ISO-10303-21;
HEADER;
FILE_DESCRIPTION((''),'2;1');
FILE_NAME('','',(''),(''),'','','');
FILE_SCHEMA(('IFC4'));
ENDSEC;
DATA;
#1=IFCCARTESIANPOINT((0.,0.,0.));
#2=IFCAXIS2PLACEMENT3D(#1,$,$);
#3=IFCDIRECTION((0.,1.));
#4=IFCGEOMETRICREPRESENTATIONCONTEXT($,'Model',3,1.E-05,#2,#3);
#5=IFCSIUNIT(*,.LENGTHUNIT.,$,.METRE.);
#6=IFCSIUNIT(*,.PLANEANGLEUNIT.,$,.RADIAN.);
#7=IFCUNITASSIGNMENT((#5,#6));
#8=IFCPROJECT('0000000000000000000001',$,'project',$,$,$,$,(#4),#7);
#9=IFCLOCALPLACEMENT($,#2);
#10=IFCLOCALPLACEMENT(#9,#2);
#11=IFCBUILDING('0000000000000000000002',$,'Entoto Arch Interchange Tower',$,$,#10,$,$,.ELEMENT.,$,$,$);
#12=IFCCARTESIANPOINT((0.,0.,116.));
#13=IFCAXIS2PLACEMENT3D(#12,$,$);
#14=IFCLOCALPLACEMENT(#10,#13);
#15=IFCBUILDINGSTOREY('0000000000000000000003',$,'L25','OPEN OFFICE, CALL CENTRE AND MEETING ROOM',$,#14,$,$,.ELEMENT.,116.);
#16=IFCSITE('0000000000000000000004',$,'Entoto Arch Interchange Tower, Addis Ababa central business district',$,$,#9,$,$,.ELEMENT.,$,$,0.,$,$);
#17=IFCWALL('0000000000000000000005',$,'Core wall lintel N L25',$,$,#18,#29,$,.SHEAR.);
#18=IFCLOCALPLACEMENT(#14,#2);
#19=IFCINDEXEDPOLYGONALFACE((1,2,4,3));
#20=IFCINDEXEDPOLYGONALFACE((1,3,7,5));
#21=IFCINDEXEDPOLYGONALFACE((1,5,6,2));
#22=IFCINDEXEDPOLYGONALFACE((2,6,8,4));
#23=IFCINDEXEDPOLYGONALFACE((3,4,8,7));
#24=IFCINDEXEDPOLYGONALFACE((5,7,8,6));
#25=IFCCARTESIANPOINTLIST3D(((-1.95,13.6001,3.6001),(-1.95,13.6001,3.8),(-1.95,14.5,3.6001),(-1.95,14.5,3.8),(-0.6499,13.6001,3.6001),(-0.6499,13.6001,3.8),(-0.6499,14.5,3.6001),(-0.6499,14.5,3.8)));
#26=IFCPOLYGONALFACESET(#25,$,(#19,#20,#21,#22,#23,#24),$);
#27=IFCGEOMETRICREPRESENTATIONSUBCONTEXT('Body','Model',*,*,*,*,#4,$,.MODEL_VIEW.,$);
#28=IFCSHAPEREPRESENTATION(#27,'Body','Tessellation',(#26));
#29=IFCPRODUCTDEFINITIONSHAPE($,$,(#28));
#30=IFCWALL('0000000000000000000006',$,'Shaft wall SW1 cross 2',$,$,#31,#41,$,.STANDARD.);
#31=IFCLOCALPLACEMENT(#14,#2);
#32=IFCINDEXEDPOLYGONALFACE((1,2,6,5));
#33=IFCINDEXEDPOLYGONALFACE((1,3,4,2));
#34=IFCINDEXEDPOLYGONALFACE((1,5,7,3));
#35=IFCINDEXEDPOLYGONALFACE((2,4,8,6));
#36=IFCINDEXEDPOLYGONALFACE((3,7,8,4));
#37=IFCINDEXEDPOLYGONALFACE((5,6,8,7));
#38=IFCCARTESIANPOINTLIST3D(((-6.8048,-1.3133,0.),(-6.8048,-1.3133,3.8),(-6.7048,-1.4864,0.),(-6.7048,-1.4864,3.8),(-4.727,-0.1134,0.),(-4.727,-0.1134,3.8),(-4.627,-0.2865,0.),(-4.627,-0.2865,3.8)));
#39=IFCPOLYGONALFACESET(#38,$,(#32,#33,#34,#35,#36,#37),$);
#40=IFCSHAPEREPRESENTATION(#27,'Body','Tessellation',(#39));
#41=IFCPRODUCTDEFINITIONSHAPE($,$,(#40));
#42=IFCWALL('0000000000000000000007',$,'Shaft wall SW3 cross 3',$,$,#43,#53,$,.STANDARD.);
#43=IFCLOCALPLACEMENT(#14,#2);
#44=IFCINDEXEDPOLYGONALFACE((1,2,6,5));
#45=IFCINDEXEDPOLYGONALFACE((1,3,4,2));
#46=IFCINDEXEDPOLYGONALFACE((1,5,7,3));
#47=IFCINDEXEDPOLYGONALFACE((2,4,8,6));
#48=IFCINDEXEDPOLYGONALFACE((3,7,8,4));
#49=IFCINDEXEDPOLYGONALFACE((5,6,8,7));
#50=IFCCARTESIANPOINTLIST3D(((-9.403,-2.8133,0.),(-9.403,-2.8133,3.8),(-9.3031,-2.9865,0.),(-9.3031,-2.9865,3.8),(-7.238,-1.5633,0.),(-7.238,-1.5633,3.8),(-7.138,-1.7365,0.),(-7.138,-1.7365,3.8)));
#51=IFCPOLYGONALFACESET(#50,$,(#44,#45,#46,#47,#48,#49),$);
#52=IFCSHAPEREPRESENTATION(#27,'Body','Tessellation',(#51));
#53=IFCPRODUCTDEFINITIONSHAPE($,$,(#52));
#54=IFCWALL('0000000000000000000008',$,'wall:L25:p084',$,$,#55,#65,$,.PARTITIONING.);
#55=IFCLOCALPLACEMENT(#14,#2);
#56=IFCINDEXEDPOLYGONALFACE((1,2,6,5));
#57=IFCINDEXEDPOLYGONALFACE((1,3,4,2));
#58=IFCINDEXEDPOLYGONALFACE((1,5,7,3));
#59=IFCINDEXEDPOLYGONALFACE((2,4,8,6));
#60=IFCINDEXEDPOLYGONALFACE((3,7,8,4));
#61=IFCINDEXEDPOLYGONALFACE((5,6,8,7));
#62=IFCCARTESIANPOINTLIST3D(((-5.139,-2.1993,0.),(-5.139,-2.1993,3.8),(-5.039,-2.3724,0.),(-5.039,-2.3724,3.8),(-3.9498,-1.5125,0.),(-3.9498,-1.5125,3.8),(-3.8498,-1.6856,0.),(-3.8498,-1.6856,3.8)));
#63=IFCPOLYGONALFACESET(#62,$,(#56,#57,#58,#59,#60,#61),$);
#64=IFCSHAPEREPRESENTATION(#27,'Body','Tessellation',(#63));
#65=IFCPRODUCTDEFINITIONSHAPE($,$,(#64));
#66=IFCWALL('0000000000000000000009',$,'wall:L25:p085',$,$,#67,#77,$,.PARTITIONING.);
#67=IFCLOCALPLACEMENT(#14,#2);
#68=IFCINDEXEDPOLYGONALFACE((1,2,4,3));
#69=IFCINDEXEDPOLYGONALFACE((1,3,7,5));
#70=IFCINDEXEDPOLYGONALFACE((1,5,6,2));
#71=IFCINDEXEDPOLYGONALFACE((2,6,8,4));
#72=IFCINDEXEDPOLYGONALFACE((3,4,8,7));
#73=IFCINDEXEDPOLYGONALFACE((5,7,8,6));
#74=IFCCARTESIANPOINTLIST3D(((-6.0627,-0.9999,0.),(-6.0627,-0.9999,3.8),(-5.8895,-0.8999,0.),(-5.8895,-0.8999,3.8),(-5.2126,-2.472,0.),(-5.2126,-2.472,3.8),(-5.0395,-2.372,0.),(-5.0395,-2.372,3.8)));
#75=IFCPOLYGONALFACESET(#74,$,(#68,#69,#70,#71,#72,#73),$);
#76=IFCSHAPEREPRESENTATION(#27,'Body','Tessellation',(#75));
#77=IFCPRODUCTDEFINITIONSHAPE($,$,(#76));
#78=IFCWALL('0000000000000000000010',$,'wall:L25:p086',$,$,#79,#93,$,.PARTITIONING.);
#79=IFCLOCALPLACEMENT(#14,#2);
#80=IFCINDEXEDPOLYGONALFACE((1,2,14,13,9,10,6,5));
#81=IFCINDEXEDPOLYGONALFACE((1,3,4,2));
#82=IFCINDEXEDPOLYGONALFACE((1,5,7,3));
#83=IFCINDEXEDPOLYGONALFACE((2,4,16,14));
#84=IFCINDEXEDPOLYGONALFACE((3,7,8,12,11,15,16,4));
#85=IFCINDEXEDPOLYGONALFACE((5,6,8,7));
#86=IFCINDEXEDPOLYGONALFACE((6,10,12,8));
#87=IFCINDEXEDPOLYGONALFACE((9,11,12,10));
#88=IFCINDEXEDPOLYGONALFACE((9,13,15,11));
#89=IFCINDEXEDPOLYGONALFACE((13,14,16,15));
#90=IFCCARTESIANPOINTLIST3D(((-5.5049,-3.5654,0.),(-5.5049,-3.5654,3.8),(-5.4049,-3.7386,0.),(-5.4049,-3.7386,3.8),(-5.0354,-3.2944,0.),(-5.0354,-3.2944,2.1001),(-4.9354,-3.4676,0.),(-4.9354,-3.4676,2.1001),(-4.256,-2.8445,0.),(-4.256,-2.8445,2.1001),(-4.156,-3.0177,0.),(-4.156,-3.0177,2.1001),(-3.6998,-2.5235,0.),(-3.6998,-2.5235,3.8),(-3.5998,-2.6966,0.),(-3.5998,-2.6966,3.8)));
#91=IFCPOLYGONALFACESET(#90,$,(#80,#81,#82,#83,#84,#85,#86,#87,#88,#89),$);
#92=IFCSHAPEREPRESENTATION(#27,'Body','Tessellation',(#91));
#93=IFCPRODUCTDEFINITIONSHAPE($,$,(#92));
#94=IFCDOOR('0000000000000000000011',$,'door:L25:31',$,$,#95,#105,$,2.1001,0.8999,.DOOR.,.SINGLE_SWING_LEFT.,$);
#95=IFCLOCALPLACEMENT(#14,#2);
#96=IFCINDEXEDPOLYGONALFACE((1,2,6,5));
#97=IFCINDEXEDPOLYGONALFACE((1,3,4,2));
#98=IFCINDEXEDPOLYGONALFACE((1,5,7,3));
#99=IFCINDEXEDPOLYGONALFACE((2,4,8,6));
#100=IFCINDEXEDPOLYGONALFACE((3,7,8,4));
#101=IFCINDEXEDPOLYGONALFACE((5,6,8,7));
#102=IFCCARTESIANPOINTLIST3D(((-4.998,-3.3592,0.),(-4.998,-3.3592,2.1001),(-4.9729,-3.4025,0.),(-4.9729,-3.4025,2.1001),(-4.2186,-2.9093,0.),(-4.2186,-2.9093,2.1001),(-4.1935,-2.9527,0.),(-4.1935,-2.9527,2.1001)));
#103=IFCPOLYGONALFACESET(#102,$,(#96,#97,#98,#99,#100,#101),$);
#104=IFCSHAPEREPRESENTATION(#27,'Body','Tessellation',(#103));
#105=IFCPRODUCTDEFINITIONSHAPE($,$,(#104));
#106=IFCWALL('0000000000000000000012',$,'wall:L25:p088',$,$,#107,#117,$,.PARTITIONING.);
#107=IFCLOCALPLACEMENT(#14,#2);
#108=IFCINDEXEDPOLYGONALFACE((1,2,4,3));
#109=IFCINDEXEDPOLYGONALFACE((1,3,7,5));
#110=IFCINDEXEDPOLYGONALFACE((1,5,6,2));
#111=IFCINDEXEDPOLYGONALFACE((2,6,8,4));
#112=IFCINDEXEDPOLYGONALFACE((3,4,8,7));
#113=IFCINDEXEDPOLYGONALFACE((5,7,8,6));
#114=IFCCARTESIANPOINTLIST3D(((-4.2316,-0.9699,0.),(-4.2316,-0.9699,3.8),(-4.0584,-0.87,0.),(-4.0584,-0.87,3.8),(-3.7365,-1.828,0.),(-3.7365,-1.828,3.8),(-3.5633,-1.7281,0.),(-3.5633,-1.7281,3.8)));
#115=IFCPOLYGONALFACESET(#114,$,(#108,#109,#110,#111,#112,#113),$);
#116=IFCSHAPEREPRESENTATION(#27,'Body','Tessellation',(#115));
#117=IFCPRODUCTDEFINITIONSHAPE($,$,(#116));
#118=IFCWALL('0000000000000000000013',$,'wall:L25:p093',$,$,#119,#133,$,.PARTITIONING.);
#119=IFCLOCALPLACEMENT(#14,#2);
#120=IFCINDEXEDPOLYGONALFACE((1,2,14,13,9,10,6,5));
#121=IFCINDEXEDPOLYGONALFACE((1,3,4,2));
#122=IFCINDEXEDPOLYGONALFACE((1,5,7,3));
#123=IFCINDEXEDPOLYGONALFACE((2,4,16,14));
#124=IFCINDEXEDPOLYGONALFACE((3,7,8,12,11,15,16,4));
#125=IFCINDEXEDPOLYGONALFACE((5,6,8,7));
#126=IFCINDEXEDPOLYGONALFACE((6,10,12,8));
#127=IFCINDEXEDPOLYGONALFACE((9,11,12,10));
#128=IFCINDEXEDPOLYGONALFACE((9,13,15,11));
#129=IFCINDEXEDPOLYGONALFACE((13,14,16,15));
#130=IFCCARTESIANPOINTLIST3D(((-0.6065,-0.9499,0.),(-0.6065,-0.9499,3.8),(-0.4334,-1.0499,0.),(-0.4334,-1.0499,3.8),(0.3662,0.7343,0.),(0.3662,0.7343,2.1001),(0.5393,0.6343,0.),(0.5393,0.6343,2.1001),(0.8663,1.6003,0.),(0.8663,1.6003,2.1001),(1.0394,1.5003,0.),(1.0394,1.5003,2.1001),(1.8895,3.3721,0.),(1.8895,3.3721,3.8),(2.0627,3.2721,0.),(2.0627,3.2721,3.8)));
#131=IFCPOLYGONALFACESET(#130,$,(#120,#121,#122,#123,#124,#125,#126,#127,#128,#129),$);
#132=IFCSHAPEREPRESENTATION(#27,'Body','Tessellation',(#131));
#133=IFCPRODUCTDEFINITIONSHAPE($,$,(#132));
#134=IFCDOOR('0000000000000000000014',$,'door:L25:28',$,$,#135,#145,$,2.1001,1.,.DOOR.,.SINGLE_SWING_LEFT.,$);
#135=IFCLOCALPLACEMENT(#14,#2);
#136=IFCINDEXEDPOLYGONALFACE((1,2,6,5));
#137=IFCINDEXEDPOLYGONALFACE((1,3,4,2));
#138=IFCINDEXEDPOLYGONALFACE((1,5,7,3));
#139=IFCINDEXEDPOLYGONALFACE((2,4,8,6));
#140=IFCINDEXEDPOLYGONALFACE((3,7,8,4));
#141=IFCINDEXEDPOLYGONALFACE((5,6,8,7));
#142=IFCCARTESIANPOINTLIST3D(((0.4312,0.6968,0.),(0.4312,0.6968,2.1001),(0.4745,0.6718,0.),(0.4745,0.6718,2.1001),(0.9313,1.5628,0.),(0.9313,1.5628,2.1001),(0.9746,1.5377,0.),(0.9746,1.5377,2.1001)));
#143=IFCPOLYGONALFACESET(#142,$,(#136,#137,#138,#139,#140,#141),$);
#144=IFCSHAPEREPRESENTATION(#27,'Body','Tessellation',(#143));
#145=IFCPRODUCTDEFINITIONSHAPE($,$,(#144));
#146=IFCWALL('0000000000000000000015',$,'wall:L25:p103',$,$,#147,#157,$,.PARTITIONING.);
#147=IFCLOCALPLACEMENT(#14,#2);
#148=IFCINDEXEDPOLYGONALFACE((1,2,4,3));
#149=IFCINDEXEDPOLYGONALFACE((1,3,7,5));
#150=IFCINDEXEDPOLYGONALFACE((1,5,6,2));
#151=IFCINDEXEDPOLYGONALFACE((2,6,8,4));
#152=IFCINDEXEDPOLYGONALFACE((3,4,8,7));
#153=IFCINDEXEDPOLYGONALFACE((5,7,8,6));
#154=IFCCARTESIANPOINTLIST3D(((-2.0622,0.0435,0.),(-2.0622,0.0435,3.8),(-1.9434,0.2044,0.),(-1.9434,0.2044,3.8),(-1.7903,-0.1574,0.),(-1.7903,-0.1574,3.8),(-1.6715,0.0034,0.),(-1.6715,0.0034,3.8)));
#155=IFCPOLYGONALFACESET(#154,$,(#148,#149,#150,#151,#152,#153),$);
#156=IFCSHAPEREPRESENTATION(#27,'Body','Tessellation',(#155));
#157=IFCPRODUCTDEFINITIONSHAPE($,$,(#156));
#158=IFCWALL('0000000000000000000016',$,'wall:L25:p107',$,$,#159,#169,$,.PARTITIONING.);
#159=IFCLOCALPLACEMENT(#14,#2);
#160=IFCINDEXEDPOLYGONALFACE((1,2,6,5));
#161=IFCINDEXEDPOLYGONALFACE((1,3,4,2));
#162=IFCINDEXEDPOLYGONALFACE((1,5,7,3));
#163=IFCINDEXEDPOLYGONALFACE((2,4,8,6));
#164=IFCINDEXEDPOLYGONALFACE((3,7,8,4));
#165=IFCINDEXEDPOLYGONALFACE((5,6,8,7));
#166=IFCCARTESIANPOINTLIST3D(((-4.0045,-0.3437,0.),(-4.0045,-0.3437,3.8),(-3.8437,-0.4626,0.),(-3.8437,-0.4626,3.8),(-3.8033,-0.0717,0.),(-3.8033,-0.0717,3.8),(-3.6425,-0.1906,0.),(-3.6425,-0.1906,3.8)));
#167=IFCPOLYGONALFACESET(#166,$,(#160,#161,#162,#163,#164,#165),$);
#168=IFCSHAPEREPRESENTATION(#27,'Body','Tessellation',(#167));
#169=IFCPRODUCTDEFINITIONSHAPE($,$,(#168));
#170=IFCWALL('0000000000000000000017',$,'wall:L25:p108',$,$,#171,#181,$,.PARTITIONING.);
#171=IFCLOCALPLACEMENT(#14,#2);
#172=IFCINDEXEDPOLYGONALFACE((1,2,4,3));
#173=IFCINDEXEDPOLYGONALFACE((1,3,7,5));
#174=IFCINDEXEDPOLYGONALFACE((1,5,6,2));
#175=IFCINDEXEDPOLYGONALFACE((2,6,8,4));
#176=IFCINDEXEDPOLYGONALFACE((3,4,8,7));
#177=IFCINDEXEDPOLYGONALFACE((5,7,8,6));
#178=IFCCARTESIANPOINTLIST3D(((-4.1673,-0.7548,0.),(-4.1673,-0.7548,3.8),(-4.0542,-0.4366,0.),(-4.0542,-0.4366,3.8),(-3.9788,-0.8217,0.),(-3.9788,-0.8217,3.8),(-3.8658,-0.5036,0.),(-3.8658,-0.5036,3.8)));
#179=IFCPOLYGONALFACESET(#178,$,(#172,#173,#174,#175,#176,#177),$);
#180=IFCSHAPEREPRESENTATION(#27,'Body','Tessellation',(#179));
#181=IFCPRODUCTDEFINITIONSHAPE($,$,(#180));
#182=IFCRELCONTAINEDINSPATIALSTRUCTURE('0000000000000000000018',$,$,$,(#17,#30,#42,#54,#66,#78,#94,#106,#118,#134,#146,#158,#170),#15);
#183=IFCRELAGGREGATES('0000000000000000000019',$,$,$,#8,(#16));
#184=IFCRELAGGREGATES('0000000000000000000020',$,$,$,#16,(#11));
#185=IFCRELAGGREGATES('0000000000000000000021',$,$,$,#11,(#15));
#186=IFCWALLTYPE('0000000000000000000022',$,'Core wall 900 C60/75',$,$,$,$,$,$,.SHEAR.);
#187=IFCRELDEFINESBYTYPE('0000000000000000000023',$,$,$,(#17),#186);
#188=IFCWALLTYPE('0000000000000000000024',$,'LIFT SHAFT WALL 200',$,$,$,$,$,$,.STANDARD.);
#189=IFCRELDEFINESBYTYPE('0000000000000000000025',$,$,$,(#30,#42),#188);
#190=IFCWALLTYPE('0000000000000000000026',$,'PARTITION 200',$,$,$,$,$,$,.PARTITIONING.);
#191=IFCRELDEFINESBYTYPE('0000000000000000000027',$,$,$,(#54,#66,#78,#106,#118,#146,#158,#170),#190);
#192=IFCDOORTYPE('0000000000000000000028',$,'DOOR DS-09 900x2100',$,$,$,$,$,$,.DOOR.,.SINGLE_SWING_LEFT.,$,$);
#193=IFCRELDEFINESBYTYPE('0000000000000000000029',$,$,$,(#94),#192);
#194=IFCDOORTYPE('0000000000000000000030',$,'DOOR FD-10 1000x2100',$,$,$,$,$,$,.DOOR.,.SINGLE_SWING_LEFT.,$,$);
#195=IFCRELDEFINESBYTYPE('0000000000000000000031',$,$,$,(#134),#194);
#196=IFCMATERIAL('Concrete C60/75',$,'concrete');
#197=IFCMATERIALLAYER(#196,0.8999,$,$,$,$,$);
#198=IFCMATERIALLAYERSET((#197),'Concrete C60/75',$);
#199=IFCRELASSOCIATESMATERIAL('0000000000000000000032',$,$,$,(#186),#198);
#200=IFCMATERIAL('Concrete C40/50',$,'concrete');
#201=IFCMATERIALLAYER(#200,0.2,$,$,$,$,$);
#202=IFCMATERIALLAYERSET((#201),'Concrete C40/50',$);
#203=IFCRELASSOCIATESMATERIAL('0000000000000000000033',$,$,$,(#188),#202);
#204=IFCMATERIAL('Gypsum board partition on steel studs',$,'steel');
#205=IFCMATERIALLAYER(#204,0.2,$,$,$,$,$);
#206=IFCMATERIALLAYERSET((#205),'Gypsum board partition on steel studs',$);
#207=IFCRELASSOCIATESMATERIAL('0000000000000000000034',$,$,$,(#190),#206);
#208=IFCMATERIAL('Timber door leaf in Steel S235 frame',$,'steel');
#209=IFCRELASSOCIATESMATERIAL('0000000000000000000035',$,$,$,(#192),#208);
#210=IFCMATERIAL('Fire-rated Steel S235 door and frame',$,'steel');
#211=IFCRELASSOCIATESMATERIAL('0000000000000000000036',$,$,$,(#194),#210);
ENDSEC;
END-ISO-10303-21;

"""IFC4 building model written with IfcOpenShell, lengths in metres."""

from ifc_helpers import new_model, si_unit, direction, frame, frame_2d, origin, place, context, subcontext, project, spatial, polyline, rectangle, outline, extrude, material, layer, layer_set, type_object, element, fill, save


model = new_model("IFC4")

# Units and contexts
model_context = context("Model", 3, precision=1e-05, world=origin(), true_north=direction((0.0, 1.0)))
body_context = subcontext(model_context, "Body", "Model", "MODEL_VIEW")
ifc_project = project(units=[si_unit("LENGTHUNIT", "METRE"), si_unit("PLANEANGLEUNIT", "RADIAN")], contexts=[model_context])

# Site, building, storey
site_placement = place(None, origin())
site = spatial("IfcSite", under=ifc_project, at=site_placement, Name="Entoto Arch Interchange Tower, Addis Ababa central business district", CompositionType="ELEMENT", RefElevation=0.0)
building_placement = place(site_placement, origin())
building = spatial("IfcBuilding", under=site, at=building_placement, Name="Entoto Arch Interchange Tower", CompositionType="ELEMENT")
storey_placement = place(building_placement, frame((0.0, 0.0, 116.0)))
storey = spatial("IfcBuildingStorey", under=building, at=storey_placement, Name="L25", Description="OPEN OFFICE, CALL CENTRE AND MEETING ROOM", CompositionType="ELEMENT", Elevation=116.0)

# Shared definitions
ifc_material_1 = material(Name="Concrete C40/50", Category="concrete")

# Walls
ifc_material_2 = material(Name="Concrete C60/75", Category="concrete")
ifc_layer_1 = layer(ifc_material_2, 0.8999)
ifc_layer_set_1 = layer_set([ifc_layer_1], Name="Concrete C60/75")
wall_type_1 = type_object("IfcWallType", Name="Core wall 900 C60/75", PredefinedType="SHEAR", material=ifc_layer_set_1)
wall_1_placement = place(storey_placement, frame((0.0, 0.0, 3.6001)))
element("IfcWall", 1, at=wall_1_placement, inside=storey, type_object=wall_type_1, Name="Core wall lintel N L25", PredefinedType="SHEAR", context=body_context, shape_type="SweptSolid", body=[
    extrude(outline(polyline([(-1.95, 14.5), (-1.95, 13.6001), (-0.6499, 13.6001), (-0.6499, 14.5), (-1.95, 14.5)])), origin(), (0.0, 0.0, 1.0), 0.2),
])
ifc_layer_2 = layer(ifc_material_1, 0.2)
ifc_layer_set_2 = layer_set([ifc_layer_2], Name="Concrete C40/50")
wall_type_2 = type_object("IfcWallType", Name="LIFT SHAFT WALL 200", PredefinedType="STANDARD", material=ifc_layer_set_2)
wall_2_placement = place(storey_placement, frame((-4.677, -0.2, 0.0), z_axis=(0.0, 0.0, 1.0), x_axis=(-0.865974, -0.500089, 0.0)))
element("IfcWall", 2, at=wall_2_placement, inside=storey, type_object=wall_type_2, Name="Shaft wall SW1 cross 2", PredefinedType="STANDARD", context=body_context, shape_type="SweptSolid", body=[
    extrude(rectangle(XDim=2.3994, YDim=0.2, at=frame_2d((1.1997, 0.0))), origin(), (0.0, 0.0, 1.0), 3.8),
])
wall_3_placement = place(storey_placement, frame((-7.188, -1.6499, 0.0), z_axis=(0.0, 0.0, 1.0), x_axis=(-0.866023, -0.500004, 0.0)))
element("IfcWall", 3, at=wall_3_placement, inside=storey, type_object=wall_type_2, Name="Shaft wall SW3 cross 3", PredefinedType="STANDARD", context=body_context, shape_type="SweptSolid", body=[
    extrude(rectangle(XDim=2.5, YDim=0.2, at=frame_2d((1.25, 0.0))), origin(), (0.0, 0.0, 1.0), 3.8),
])
ifc_material_3 = material(Name="Gypsum board partition on steel studs", Category="steel")
ifc_layer_3 = layer(ifc_material_3, 0.2)
ifc_layer_set_3 = layer_set([ifc_layer_3], Name="Gypsum board partition on steel studs")
wall_type_3 = type_object("IfcWallType", Name="PARTITION 200", PredefinedType="PARTITIONING", material=ifc_layer_set_3)
wall_4_placement = place(storey_placement, frame((-3.8999, -1.5991, 0.0), z_axis=(0.0, 0.0, 1.0), x_axis=(-0.865969, -0.500097, 0.0)))
element("IfcWall", 4, at=wall_4_placement, inside=storey, type_object=wall_type_3, Name="wall:L25:p084", PredefinedType="PARTITIONING", context=body_context, shape_type="SweptSolid", body=[
    extrude(rectangle(XDim=1.3733, YDim=0.2, at=frame_2d((0.6865, 0.0))), origin(), (0.0, 0.0, 1.0), 3.8),
])
wall_5_placement = place(storey_placement, frame((-5.126, -2.4221, 0.0), z_axis=(0.0, 0.0, 1.0), x_axis=(-0.500062, 0.865989, 0.0)))
element("IfcWall", 5, at=wall_5_placement, inside=storey, type_object=wall_type_3, Name="wall:L25:p085", PredefinedType="PARTITIONING", context=body_context, shape_type="SweptSolid", body=[
    extrude(rectangle(XDim=1.7, YDim=0.2, at=frame_2d((0.8501, 0.0))), origin(), (0.0, 0.0, 1.0), 3.8),
])

# Wall, opening, door
wall_6_placement = place(storey_placement, frame((-3.6499, -2.6101, 0.0), z_axis=(0.0, 0.0, 1.0), x_axis=(-0.866072, -0.499918, 0.0)))
wall_6 = element("IfcWall", 6, at=wall_6_placement, inside=storey, type_object=wall_type_3, Name="wall:L25:p086", PredefinedType="PARTITIONING", context=body_context, shape_type="SweptSolid", body=[
    extrude(rectangle(XDim=2.0842, YDim=0.2, at=frame_2d((1.042, 0.0))), origin(), (0.0, 0.0, 1.0), 3.8),
])
opening_1_placement = place(wall_6_placement, frame((0.6421, 0.0, 0.0)))
opening_1 = element("IfcOpeningElement", 7, at=opening_1_placement, cuts=wall_6, PredefinedType="OPENING", context=body_context, shape_type="SweptSolid", body=[
    extrude(rectangle(XDim=0.8999, YDim=2.1001, at=frame_2d((0.45, 1.05))), frame((0.0, 0.1099, 0.0), z_axis=(0.0, -1.0, 0.0), x_axis=(1.0, 0.0, 0.0)), (0.0, 0.0, 1.0), 0.22),
])
ifc_material_4 = material(Name="Timber door leaf in Steel S235 frame", Category="steel")
door_type_1 = type_object("IfcDoorType", Name="DOOR DS-09 900x2100", OperationType="SINGLE_SWING_LEFT", PredefinedType="DOOR", material=ifc_material_4)
door_1_placement = place(opening_1_placement, origin())
door_1 = element("IfcDoor", 8, at=door_1_placement, inside=storey, type_object=door_type_1, Name="door:L25:31", OperationType="SINGLE_SWING_LEFT", OverallHeight=2.1001, OverallWidth=0.8999, PredefinedType="DOOR", context=body_context, shape_type="SweptSolid", body=[
    extrude(rectangle(XDim=0.8999, YDim=2.1001, at=frame_2d((0.45, 1.05))), frame((0.0, 0.0249, 0.0), z_axis=(0.0, -1.0, 0.0), x_axis=(1.0, 0.0, 0.0)), (0.0, 0.0, 1.0), 0.05),
])
fill(opening_1, door_1)

# Wall
wall_7_placement = place(storey_placement, frame((-4.145, -0.9199, 0.0), z_axis=(0.0, 0.0, 1.0), x_axis=(0.499744, -0.866173, 0.0)))
element("IfcWall", 9, at=wall_7_placement, inside=storey, type_object=wall_type_3, Name="wall:L25:p088", PredefinedType="PARTITIONING", context=body_context, shape_type="SweptSolid", body=[
    extrude(rectangle(XDim=0.9907, YDim=0.2, at=frame_2d((0.4954, 0.0))), origin(), (0.0, 0.0, 1.0), 3.8),
])

# Wall, opening, door
wall_8_placement = place(storey_placement, frame((-0.52, -1.0, 0.0), z_axis=(0.0, 0.0, 1.0), x_axis=(0.500116, 0.865958, 0.0)))
wall_8 = element("IfcWall", 10, at=wall_8_placement, inside=storey, type_object=wall_type_3, Name="wall:L25:p093", PredefinedType="PARTITIONING", context=body_context, shape_type="SweptSolid", body=[
    extrude(rectangle(XDim=4.991, YDim=0.2, at=frame_2d((2.4956, 0.0))), origin(), (0.0, 0.0, 1.0), 3.8),
])
opening_2_placement = place(wall_8_placement, frame((1.9451, 0.0, 0.0)))
opening_2 = element("IfcOpeningElement", 11, at=opening_2_placement, cuts=wall_8, PredefinedType="OPENING", context=body_context, shape_type="SweptSolid", body=[
    extrude(rectangle(XDim=1.0, YDim=2.1001, at=frame_2d((0.5, 1.05))), frame((0.0, 0.1099, 0.0), z_axis=(0.0, -1.0, 0.0), x_axis=(1.0, 0.0, 0.0)), (0.0, 0.0, 1.0), 0.22),
])
ifc_material_5 = material(Name="Fire-rated Steel S235 door and frame", Category="steel")
door_type_2 = type_object("IfcDoorType", Name="DOOR FD-10 1000x2100", OperationType="SINGLE_SWING_LEFT", PredefinedType="DOOR", material=ifc_material_5)
door_2_placement = place(opening_2_placement, origin())
door_2 = element("IfcDoor", 12, at=door_2_placement, inside=storey, type_object=door_type_2, Name="door:L25:28", OperationType="SINGLE_SWING_LEFT", OverallHeight=2.1001, OverallWidth=1.0, PredefinedType="DOOR", context=body_context, shape_type="SweptSolid", body=[
    extrude(rectangle(XDim=1.0, YDim=2.1001, at=frame_2d((0.5, 1.05))), frame((0.0, 0.0249, 0.0), z_axis=(0.0, -1.0, 0.0), x_axis=(1.0, 0.0, 0.0)), (0.0, 0.0, 1.0), 0.05),
])
fill(opening_2, door_2)

# Walls
wall_9_placement = place(storey_placement, frame((-1.731, -0.0769, 0.0), z_axis=(0.0, 0.0, 1.0), x_axis=(-0.804311, 0.594208, 0.0)))
element("IfcWall", 13, at=wall_9_placement, inside=storey, type_object=wall_type_3, Name="wall:L25:p103", PredefinedType="PARTITIONING", context=body_context, shape_type="SweptSolid", body=[
    extrude(rectangle(XDim=0.3381, YDim=0.2, at=frame_2d((0.1689, 0.0))), origin(), (0.0, 0.0, 1.0), 3.8),
])
wall_10_placement = place(storey_placement, frame((-3.7229, -0.1311, 0.0), z_axis=(0.0, 0.0, 1.0), x_axis=(-0.594675, -0.803966, 0.0)))
element("IfcWall", 14, at=wall_10_placement, inside=storey, type_object=wall_type_3, Name="wall:L25:p107", PredefinedType="PARTITIONING", context=body_context, shape_type="SweptSolid", body=[
    extrude(rectangle(XDim=0.3384, YDim=0.2, at=frame_2d((0.1692, 0.0))), origin(), (0.0, 0.0, 1.0), 3.8),
])
wall_11_placement = place(storey_placement, frame((-3.96, -0.47, 0.0), z_axis=(0.0, 0.0, 1.0), x_axis=(-0.334824, -0.942281, 0.0)))
element("IfcWall", 15, at=wall_11_placement, inside=storey, type_object=wall_type_3, Name="wall:L25:p108", PredefinedType="PARTITIONING", context=body_context, shape_type="SweptSolid", body=[
    extrude(rectangle(XDim=0.3376, YDim=0.2, at=frame_2d((0.1689, 0.0))), origin(), (0.0, 0.0, 1.0), 3.8),
])

save(model, "model.ifc")
